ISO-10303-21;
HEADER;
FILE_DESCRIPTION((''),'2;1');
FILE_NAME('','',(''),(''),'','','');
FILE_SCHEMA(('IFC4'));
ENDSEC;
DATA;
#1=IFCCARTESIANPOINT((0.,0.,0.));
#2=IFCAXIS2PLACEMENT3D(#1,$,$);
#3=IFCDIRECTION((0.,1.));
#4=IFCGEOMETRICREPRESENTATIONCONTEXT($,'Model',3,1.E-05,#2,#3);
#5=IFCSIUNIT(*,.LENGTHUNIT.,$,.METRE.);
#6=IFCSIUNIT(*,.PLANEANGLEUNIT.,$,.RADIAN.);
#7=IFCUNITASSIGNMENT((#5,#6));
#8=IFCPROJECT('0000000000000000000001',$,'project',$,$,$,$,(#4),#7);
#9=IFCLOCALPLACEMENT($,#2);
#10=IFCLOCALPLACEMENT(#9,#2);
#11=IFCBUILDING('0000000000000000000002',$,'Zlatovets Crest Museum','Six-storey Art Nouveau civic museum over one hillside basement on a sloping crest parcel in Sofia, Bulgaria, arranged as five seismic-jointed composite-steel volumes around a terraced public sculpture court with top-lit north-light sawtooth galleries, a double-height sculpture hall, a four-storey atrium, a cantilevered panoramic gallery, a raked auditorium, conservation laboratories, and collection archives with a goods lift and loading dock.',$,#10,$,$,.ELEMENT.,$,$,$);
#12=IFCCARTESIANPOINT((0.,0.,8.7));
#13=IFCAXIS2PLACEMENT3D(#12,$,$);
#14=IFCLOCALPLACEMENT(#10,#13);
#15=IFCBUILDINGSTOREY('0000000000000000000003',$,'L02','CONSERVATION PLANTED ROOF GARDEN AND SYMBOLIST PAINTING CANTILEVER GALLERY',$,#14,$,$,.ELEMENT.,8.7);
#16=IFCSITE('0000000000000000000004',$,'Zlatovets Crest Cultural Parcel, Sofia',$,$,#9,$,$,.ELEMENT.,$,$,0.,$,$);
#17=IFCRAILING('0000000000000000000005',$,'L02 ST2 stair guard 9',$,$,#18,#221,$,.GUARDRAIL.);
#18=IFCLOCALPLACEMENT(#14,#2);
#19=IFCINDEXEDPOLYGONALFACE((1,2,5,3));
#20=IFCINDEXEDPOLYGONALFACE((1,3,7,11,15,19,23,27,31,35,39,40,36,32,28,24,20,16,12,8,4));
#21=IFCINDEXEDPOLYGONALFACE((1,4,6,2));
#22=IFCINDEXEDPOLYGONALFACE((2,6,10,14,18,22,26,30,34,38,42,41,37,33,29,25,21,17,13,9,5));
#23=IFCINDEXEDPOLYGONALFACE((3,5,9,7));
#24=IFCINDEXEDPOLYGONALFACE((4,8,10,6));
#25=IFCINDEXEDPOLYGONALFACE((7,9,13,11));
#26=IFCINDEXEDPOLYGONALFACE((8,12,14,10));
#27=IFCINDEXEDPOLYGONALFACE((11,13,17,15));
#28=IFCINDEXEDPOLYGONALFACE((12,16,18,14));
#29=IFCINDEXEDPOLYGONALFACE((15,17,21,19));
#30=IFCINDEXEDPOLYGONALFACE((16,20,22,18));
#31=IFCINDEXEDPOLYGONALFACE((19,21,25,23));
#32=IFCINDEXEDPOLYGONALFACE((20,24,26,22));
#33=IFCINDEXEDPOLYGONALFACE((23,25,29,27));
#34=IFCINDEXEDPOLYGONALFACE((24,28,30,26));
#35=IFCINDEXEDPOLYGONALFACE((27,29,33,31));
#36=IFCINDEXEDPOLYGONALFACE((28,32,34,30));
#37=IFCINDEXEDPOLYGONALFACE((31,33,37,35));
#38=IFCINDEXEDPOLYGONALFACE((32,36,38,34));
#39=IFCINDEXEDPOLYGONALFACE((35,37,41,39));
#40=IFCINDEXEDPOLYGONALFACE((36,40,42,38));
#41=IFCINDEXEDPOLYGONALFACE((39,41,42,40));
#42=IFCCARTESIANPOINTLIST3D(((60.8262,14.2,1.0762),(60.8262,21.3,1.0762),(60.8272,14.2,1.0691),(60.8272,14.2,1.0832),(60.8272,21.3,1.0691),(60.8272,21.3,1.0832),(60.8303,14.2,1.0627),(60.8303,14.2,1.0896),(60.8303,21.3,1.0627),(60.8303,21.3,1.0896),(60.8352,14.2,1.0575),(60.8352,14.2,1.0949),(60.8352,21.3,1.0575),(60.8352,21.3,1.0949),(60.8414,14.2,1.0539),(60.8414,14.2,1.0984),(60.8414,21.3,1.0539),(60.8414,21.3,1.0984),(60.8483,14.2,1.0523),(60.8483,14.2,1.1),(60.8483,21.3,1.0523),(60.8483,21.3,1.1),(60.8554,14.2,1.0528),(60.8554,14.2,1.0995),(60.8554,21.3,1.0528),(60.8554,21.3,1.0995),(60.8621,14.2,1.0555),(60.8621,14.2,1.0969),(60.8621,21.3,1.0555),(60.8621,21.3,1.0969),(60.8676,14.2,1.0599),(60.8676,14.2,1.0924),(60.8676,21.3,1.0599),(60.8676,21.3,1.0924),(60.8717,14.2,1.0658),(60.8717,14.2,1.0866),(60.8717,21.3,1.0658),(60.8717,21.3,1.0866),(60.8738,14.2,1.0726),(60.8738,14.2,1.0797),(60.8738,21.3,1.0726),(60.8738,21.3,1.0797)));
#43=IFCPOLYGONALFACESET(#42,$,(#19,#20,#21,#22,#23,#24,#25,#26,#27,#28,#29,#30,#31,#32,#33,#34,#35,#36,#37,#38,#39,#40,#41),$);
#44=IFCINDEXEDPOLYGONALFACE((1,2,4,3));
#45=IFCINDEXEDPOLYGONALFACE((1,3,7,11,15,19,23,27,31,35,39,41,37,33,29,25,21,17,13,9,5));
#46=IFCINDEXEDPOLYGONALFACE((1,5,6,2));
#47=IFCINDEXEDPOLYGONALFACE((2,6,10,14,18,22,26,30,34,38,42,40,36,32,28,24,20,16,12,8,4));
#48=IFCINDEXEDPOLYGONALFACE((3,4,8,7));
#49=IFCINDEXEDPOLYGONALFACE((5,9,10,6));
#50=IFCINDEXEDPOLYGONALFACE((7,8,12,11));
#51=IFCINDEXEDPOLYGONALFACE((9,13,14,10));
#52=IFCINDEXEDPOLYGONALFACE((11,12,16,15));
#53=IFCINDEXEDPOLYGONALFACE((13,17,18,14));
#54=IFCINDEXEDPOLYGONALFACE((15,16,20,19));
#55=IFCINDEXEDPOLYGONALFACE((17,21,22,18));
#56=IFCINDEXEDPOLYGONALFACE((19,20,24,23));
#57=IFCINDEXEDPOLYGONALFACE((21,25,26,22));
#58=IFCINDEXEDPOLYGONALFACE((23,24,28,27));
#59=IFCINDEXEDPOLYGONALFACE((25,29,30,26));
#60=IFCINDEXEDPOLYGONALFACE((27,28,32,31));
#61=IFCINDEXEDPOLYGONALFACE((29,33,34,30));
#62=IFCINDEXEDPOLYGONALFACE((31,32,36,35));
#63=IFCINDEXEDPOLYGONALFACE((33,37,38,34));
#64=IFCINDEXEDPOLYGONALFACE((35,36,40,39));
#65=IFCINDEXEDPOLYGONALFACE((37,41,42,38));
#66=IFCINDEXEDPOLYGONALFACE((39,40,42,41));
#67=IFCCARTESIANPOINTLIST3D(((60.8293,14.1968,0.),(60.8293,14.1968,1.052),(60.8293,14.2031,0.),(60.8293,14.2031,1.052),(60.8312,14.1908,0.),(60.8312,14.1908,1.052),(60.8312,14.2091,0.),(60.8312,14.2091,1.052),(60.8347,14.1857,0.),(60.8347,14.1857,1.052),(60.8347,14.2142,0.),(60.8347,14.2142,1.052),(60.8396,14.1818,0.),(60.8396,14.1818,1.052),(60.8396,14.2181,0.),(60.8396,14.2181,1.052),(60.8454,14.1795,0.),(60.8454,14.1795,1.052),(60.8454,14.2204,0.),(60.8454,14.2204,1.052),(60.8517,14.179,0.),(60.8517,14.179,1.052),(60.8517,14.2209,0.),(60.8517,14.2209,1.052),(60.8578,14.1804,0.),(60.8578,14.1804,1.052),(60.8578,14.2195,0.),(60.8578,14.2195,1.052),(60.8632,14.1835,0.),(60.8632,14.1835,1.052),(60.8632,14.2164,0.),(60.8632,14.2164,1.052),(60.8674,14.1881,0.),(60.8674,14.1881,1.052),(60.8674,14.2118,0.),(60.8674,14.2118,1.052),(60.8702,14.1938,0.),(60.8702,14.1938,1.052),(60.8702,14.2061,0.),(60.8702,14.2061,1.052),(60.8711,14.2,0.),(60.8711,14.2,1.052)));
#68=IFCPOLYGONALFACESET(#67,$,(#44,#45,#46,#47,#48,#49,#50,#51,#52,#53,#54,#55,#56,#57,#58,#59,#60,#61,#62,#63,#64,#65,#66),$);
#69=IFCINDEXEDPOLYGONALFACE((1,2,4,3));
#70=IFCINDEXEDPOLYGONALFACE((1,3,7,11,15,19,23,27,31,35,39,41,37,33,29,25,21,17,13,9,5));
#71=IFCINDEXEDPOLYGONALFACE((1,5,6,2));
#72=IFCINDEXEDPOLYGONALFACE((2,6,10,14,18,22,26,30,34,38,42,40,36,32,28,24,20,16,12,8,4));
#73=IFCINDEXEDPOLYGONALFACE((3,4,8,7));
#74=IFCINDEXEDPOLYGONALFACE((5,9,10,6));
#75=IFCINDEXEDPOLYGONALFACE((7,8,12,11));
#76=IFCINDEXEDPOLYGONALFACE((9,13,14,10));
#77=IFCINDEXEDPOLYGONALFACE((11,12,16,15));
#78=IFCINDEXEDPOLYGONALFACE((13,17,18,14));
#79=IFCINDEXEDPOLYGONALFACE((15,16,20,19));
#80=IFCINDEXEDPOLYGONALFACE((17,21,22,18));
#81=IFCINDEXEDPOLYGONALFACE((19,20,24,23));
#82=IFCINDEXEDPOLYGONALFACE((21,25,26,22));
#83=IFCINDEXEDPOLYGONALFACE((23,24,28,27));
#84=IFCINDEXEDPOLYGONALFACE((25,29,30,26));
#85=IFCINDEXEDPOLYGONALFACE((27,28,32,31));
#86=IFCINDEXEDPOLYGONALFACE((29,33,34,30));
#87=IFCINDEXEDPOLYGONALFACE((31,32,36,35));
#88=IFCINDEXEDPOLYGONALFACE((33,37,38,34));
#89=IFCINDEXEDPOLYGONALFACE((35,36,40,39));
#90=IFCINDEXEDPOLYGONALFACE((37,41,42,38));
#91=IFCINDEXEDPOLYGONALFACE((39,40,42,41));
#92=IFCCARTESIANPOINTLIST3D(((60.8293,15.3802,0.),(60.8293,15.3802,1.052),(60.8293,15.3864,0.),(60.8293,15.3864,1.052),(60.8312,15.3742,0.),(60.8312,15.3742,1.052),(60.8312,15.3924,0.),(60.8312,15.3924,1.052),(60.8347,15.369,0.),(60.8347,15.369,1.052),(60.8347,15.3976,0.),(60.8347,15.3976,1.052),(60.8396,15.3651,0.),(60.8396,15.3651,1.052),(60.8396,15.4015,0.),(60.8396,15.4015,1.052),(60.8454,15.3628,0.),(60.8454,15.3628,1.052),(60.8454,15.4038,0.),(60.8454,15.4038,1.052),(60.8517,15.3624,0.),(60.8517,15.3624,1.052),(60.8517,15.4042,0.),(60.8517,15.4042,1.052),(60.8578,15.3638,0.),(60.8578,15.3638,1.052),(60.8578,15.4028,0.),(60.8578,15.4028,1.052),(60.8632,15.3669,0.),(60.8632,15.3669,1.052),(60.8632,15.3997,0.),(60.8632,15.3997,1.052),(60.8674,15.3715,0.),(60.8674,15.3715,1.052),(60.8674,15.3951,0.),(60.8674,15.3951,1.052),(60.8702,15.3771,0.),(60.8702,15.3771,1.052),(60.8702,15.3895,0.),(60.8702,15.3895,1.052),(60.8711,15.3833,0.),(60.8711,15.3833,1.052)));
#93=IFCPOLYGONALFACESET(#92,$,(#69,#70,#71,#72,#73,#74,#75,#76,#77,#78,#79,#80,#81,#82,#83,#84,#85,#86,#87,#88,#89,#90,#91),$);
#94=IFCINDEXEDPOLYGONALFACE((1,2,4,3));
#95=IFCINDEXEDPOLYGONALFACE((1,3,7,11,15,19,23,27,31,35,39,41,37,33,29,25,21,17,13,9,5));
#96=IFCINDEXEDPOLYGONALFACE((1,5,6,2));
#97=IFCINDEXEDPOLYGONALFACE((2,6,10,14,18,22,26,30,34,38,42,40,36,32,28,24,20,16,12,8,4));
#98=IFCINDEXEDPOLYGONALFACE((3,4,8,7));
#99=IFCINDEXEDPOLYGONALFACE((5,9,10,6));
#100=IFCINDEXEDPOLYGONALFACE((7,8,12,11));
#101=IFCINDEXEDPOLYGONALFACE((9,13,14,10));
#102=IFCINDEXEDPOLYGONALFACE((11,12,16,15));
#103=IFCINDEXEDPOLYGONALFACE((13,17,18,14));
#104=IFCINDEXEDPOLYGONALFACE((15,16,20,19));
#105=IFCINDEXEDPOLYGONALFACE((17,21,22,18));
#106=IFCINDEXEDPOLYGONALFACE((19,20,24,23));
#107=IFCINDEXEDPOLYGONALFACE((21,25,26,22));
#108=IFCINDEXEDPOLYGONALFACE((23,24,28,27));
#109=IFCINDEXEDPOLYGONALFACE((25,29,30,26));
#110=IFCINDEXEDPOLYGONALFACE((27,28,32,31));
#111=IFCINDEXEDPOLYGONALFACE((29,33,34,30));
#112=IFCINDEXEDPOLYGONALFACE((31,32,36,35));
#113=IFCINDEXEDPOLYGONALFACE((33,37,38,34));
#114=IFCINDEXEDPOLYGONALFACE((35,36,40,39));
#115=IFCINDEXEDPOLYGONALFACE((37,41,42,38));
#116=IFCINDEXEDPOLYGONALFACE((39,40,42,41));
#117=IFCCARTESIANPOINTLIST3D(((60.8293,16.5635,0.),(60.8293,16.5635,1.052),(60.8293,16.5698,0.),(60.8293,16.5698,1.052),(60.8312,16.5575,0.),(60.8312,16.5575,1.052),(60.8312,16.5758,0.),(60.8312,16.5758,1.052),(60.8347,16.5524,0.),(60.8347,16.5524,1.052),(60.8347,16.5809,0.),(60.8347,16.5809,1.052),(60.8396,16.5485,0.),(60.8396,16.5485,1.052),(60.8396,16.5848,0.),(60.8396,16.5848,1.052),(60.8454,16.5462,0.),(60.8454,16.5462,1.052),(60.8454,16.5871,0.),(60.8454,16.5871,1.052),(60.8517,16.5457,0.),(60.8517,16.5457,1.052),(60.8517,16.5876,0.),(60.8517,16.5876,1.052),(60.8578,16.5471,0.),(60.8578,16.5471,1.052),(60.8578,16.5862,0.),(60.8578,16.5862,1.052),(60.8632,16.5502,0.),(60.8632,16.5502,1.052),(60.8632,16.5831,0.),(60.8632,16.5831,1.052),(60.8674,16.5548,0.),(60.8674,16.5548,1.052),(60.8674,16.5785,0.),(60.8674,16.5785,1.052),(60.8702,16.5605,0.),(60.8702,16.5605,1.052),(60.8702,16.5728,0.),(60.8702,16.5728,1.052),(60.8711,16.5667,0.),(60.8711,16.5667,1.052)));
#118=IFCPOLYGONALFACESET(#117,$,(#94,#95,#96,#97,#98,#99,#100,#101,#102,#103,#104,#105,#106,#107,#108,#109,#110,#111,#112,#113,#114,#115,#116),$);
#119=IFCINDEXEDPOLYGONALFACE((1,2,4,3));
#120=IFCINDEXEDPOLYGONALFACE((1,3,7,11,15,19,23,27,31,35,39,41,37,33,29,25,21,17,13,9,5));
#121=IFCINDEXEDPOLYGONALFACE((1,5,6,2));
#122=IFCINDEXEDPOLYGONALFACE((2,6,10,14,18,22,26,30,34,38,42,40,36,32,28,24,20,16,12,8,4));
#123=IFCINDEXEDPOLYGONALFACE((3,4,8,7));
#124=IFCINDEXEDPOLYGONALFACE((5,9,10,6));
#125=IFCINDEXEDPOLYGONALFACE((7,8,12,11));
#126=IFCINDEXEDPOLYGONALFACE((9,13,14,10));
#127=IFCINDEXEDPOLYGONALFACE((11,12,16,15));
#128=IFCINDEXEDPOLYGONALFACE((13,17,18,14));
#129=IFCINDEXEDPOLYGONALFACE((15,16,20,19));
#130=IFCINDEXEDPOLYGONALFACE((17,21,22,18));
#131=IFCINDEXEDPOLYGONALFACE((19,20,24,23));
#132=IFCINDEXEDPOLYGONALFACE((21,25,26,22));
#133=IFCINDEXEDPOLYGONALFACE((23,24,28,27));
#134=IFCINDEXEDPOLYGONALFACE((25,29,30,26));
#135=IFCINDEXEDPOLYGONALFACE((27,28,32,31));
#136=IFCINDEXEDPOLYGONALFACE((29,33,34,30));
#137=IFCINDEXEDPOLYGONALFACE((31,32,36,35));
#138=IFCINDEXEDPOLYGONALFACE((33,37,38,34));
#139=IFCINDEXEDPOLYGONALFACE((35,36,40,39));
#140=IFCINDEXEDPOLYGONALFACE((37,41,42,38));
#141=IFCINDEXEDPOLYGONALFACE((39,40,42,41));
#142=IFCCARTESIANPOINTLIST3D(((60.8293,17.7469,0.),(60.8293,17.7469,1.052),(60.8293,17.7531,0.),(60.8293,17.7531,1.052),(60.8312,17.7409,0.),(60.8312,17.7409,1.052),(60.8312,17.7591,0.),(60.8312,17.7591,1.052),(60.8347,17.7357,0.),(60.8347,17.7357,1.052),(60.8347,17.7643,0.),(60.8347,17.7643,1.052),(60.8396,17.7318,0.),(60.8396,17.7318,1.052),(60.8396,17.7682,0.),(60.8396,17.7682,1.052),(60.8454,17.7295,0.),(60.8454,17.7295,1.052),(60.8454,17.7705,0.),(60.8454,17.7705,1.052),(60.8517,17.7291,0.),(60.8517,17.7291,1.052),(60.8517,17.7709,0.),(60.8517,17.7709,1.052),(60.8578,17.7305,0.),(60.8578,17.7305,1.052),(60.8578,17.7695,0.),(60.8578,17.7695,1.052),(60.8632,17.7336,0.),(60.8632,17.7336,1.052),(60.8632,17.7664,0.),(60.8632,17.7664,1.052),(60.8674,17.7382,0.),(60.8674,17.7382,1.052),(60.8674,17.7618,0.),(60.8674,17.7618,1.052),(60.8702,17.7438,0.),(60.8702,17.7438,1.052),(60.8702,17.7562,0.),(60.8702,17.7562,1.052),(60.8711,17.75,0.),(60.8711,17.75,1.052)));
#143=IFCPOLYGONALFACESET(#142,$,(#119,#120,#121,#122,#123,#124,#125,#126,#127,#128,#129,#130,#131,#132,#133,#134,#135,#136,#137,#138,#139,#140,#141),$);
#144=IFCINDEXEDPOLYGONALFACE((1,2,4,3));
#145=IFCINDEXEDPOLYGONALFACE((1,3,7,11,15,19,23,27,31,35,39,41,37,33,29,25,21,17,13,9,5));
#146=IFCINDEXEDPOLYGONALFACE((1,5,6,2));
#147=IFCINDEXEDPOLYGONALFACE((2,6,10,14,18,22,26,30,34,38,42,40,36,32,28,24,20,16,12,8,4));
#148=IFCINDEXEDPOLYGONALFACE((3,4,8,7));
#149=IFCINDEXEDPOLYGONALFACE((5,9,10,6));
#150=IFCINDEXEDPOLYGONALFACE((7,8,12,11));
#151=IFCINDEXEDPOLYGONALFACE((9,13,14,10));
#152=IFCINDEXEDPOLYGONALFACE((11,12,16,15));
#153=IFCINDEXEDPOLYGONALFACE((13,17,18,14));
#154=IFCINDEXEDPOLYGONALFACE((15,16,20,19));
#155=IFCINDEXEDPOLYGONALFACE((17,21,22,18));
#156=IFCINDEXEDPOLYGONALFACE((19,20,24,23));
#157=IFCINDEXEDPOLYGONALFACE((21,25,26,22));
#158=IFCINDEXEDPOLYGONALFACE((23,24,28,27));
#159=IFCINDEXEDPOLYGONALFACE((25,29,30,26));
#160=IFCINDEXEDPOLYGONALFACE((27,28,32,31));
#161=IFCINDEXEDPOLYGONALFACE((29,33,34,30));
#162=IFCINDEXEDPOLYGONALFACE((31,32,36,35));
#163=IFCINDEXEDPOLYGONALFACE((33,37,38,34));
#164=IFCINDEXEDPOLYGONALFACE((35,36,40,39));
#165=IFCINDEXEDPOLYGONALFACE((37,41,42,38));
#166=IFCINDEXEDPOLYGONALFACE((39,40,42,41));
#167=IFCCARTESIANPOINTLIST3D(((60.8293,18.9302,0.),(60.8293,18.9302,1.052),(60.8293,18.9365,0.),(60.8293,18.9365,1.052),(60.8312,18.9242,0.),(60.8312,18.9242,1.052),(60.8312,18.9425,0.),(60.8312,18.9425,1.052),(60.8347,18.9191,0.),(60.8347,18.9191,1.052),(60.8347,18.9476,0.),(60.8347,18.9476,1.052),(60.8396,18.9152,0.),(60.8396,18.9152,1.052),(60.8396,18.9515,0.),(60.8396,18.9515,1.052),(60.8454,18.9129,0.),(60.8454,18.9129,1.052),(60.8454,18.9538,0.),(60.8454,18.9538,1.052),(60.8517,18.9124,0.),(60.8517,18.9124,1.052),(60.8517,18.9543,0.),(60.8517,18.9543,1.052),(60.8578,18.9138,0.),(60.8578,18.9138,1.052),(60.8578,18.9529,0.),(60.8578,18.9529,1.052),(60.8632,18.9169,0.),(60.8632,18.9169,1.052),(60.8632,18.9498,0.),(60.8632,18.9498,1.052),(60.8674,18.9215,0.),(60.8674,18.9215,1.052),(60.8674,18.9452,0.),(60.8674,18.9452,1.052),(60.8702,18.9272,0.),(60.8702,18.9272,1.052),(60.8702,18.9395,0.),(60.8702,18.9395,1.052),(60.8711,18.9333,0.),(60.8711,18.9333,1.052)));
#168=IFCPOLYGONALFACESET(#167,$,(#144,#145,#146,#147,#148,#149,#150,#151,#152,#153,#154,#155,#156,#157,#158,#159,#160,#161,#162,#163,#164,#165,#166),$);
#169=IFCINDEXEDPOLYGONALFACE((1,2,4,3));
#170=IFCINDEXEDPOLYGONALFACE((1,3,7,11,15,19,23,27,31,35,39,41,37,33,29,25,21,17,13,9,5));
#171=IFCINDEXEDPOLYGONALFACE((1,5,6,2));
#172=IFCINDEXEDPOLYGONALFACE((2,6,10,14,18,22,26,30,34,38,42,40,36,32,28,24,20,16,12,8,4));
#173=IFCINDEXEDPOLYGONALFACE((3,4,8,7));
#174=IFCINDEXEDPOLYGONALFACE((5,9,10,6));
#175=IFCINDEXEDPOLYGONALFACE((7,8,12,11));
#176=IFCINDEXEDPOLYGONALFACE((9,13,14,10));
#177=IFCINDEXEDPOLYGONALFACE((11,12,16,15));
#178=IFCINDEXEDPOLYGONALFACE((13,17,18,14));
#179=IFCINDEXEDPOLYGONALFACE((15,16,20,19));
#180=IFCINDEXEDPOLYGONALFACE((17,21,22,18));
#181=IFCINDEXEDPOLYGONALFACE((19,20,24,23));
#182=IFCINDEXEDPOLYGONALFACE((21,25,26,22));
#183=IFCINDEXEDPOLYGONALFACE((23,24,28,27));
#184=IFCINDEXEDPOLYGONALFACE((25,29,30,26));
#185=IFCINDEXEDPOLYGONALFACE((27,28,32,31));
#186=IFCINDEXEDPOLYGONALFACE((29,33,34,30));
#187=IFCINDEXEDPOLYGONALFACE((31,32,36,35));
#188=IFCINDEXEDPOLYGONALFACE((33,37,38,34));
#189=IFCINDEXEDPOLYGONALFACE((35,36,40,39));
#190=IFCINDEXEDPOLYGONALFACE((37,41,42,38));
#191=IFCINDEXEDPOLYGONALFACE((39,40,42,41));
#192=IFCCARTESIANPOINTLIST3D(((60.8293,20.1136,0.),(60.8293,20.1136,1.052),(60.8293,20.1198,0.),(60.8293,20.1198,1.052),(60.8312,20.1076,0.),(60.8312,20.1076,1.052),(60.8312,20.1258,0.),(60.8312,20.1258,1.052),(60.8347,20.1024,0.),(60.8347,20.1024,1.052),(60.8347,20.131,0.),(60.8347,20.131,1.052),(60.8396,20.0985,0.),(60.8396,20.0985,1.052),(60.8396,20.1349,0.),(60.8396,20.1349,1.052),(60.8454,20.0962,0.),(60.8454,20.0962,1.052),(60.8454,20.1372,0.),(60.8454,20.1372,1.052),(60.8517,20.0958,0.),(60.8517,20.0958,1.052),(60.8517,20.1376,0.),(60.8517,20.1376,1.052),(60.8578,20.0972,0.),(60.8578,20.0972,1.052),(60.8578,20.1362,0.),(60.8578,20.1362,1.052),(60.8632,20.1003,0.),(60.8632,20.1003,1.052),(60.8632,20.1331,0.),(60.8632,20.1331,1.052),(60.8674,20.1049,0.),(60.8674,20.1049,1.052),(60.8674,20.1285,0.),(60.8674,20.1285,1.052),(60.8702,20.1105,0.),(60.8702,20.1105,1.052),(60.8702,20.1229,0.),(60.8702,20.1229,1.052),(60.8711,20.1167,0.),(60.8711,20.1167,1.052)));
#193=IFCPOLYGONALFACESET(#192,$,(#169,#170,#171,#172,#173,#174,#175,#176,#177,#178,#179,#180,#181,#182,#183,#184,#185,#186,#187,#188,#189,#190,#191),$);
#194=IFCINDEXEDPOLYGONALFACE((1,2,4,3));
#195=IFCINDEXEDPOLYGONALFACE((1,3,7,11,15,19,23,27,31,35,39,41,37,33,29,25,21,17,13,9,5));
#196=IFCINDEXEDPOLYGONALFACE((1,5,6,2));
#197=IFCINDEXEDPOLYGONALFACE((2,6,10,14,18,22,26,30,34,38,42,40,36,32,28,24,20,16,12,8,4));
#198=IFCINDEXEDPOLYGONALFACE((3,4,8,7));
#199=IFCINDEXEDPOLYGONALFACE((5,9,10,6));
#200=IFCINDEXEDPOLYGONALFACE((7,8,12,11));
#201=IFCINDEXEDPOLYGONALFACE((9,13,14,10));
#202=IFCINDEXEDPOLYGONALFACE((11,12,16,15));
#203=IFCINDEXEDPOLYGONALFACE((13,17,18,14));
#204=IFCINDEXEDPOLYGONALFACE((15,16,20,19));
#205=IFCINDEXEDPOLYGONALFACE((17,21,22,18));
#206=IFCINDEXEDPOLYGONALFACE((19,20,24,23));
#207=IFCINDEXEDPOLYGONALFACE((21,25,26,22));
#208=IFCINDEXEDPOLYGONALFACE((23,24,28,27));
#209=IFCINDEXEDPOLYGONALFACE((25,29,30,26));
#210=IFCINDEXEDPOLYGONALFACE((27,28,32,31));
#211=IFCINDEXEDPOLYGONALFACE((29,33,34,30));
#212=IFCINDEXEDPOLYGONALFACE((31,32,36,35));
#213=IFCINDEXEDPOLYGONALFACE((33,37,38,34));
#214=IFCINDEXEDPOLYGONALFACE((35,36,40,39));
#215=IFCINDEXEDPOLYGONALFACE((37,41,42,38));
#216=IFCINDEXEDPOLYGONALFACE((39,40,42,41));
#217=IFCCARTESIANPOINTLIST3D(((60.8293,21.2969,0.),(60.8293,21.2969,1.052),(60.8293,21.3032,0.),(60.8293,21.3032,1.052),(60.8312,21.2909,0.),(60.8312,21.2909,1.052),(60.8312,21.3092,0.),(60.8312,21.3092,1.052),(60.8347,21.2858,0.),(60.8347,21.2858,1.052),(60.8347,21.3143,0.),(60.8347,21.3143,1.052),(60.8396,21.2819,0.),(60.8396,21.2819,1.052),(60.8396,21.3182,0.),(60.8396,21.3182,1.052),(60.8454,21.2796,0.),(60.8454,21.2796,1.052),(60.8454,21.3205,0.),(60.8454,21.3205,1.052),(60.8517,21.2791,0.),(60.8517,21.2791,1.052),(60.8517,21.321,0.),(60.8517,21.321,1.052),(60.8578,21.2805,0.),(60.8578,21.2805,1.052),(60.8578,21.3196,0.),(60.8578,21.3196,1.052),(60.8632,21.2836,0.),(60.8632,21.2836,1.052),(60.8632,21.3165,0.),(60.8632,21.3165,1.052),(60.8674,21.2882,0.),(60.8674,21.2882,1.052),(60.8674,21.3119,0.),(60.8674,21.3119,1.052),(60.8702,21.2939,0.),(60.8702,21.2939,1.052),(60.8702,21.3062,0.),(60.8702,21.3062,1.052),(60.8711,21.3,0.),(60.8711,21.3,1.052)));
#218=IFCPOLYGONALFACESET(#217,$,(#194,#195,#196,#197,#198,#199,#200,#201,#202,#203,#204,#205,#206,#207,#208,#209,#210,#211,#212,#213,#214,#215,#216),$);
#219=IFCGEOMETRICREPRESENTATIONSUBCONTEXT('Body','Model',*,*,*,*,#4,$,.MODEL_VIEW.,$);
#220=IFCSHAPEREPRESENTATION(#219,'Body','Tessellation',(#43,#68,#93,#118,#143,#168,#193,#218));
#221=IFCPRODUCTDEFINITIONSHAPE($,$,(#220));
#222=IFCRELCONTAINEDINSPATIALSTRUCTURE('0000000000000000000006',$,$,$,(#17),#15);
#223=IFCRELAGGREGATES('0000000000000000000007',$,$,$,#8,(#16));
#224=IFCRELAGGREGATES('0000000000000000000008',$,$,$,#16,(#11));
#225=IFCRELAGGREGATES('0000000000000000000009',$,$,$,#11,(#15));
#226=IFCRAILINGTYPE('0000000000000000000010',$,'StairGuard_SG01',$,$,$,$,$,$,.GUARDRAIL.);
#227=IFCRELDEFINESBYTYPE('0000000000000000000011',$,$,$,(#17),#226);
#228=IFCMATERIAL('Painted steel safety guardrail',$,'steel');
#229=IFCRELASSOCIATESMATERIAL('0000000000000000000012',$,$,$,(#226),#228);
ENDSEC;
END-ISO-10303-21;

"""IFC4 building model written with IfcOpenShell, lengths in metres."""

from ifc_helpers import new_model, si_unit, direction, frame, origin, origin_2d, place, context, subcontext, project, spatial, circle, extrude, material, type_object, element, save


model = new_model("IFC4")

# Units and contexts
model_context = context("Model", 3, precision=1e-05, world=origin(), true_north=direction((0.0, 1.0)))
body_context = subcontext(model_context, "Body", "Model", "MODEL_VIEW")
ifc_project = project(units=[si_unit("LENGTHUNIT", "METRE"), si_unit("PLANEANGLEUNIT", "RADIAN")], contexts=[model_context])

# Site, building, storey
site_placement = place(None, origin())
site = spatial("IfcSite", under=ifc_project, at=site_placement, Name="Zlatovets Crest Cultural Parcel, Sofia", CompositionType="ELEMENT", RefElevation=0.0)
building_placement = place(site_placement, origin())
building = spatial("IfcBuilding", under=site, at=building_placement, Name="Zlatovets Crest Museum", Description="Six-storey Art Nouveau civic museum over one hillside basement on a sloping crest parcel in Sofia, Bulgaria, arranged as five seismic-jointed composite-steel volumes around a terraced public sculpture court with top-lit north-light sawtooth galleries, a double-height sculpture hall, a four-storey atrium, a cantilevered panoramic gallery, a raked auditorium, conservation laboratories, and collection archives with a goods lift and loading dock.", CompositionType="ELEMENT")
storey_placement = place(building_placement, frame((0.0, 0.0, 8.7)))
storey = spatial("IfcBuildingStorey", under=building, at=storey_placement, Name="L02", Description="CONSERVATION PLANTED ROOF GARDEN AND SYMBOLIST PAINTING CANTILEVER GALLERY", CompositionType="ELEMENT", Elevation=8.7)

# Railing
ifc_material_1 = material(Name="Painted steel safety guardrail", Category="steel")
railing_type_1 = type_object("IfcRailingType", Name="StairGuard_SG01", PredefinedType="GUARDRAIL", material=ifc_material_1)
for number, where, name in (
    (1, (60.8501, 14.2, 0.0), "L02 ST2 stair guard 9"),
):
    element("IfcRailing", number, at=place(storey_placement, frame(where)), inside=storey, type_object=railing_type_1, Name=name, PredefinedType="GUARDRAIL", context=body_context, shape_type="SweptSolid", body=[
        extrude(circle(Radius=0.0239, at=origin_2d()), frame((0.0, 0.0, 1.0762), z_axis=(0.0, 1.0, 0.0), x_axis=(-1.0, 0.0, 0.0)), (0.0, 0.0, 1.0), 7.1001),
        extrude(circle(Radius=0.021, at=origin_2d()), origin(), (0.0, 0.0, 1.0), 1.052),
        extrude(circle(Radius=0.021, at=origin_2d()), frame((0.0, 1.1833, 0.0)), (0.0, 0.0, 1.0), 1.052),
        extrude(circle(Radius=0.021, at=origin_2d()), frame((0.0, 2.3667, 0.0)), (0.0, 0.0, 1.0), 1.052),
        extrude(circle(Radius=0.021, at=origin_2d()), frame((0.0, 3.55, 0.0)), (0.0, 0.0, 1.0), 1.052),
        extrude(circle(Radius=0.021, at=origin_2d()), frame((0.0, 4.7334, 0.0)), (0.0, 0.0, 1.0), 1.052),
        extrude(circle(Radius=0.021, at=origin_2d()), frame((0.0, 5.9167, 0.0)), (0.0, 0.0, 1.0), 1.052),
        extrude(circle(Radius=0.021, at=origin_2d()), frame((0.0, 7.1001, 0.0)), (0.0, 0.0, 1.0), 1.052),
    ])

save(model, "model.ifc")
